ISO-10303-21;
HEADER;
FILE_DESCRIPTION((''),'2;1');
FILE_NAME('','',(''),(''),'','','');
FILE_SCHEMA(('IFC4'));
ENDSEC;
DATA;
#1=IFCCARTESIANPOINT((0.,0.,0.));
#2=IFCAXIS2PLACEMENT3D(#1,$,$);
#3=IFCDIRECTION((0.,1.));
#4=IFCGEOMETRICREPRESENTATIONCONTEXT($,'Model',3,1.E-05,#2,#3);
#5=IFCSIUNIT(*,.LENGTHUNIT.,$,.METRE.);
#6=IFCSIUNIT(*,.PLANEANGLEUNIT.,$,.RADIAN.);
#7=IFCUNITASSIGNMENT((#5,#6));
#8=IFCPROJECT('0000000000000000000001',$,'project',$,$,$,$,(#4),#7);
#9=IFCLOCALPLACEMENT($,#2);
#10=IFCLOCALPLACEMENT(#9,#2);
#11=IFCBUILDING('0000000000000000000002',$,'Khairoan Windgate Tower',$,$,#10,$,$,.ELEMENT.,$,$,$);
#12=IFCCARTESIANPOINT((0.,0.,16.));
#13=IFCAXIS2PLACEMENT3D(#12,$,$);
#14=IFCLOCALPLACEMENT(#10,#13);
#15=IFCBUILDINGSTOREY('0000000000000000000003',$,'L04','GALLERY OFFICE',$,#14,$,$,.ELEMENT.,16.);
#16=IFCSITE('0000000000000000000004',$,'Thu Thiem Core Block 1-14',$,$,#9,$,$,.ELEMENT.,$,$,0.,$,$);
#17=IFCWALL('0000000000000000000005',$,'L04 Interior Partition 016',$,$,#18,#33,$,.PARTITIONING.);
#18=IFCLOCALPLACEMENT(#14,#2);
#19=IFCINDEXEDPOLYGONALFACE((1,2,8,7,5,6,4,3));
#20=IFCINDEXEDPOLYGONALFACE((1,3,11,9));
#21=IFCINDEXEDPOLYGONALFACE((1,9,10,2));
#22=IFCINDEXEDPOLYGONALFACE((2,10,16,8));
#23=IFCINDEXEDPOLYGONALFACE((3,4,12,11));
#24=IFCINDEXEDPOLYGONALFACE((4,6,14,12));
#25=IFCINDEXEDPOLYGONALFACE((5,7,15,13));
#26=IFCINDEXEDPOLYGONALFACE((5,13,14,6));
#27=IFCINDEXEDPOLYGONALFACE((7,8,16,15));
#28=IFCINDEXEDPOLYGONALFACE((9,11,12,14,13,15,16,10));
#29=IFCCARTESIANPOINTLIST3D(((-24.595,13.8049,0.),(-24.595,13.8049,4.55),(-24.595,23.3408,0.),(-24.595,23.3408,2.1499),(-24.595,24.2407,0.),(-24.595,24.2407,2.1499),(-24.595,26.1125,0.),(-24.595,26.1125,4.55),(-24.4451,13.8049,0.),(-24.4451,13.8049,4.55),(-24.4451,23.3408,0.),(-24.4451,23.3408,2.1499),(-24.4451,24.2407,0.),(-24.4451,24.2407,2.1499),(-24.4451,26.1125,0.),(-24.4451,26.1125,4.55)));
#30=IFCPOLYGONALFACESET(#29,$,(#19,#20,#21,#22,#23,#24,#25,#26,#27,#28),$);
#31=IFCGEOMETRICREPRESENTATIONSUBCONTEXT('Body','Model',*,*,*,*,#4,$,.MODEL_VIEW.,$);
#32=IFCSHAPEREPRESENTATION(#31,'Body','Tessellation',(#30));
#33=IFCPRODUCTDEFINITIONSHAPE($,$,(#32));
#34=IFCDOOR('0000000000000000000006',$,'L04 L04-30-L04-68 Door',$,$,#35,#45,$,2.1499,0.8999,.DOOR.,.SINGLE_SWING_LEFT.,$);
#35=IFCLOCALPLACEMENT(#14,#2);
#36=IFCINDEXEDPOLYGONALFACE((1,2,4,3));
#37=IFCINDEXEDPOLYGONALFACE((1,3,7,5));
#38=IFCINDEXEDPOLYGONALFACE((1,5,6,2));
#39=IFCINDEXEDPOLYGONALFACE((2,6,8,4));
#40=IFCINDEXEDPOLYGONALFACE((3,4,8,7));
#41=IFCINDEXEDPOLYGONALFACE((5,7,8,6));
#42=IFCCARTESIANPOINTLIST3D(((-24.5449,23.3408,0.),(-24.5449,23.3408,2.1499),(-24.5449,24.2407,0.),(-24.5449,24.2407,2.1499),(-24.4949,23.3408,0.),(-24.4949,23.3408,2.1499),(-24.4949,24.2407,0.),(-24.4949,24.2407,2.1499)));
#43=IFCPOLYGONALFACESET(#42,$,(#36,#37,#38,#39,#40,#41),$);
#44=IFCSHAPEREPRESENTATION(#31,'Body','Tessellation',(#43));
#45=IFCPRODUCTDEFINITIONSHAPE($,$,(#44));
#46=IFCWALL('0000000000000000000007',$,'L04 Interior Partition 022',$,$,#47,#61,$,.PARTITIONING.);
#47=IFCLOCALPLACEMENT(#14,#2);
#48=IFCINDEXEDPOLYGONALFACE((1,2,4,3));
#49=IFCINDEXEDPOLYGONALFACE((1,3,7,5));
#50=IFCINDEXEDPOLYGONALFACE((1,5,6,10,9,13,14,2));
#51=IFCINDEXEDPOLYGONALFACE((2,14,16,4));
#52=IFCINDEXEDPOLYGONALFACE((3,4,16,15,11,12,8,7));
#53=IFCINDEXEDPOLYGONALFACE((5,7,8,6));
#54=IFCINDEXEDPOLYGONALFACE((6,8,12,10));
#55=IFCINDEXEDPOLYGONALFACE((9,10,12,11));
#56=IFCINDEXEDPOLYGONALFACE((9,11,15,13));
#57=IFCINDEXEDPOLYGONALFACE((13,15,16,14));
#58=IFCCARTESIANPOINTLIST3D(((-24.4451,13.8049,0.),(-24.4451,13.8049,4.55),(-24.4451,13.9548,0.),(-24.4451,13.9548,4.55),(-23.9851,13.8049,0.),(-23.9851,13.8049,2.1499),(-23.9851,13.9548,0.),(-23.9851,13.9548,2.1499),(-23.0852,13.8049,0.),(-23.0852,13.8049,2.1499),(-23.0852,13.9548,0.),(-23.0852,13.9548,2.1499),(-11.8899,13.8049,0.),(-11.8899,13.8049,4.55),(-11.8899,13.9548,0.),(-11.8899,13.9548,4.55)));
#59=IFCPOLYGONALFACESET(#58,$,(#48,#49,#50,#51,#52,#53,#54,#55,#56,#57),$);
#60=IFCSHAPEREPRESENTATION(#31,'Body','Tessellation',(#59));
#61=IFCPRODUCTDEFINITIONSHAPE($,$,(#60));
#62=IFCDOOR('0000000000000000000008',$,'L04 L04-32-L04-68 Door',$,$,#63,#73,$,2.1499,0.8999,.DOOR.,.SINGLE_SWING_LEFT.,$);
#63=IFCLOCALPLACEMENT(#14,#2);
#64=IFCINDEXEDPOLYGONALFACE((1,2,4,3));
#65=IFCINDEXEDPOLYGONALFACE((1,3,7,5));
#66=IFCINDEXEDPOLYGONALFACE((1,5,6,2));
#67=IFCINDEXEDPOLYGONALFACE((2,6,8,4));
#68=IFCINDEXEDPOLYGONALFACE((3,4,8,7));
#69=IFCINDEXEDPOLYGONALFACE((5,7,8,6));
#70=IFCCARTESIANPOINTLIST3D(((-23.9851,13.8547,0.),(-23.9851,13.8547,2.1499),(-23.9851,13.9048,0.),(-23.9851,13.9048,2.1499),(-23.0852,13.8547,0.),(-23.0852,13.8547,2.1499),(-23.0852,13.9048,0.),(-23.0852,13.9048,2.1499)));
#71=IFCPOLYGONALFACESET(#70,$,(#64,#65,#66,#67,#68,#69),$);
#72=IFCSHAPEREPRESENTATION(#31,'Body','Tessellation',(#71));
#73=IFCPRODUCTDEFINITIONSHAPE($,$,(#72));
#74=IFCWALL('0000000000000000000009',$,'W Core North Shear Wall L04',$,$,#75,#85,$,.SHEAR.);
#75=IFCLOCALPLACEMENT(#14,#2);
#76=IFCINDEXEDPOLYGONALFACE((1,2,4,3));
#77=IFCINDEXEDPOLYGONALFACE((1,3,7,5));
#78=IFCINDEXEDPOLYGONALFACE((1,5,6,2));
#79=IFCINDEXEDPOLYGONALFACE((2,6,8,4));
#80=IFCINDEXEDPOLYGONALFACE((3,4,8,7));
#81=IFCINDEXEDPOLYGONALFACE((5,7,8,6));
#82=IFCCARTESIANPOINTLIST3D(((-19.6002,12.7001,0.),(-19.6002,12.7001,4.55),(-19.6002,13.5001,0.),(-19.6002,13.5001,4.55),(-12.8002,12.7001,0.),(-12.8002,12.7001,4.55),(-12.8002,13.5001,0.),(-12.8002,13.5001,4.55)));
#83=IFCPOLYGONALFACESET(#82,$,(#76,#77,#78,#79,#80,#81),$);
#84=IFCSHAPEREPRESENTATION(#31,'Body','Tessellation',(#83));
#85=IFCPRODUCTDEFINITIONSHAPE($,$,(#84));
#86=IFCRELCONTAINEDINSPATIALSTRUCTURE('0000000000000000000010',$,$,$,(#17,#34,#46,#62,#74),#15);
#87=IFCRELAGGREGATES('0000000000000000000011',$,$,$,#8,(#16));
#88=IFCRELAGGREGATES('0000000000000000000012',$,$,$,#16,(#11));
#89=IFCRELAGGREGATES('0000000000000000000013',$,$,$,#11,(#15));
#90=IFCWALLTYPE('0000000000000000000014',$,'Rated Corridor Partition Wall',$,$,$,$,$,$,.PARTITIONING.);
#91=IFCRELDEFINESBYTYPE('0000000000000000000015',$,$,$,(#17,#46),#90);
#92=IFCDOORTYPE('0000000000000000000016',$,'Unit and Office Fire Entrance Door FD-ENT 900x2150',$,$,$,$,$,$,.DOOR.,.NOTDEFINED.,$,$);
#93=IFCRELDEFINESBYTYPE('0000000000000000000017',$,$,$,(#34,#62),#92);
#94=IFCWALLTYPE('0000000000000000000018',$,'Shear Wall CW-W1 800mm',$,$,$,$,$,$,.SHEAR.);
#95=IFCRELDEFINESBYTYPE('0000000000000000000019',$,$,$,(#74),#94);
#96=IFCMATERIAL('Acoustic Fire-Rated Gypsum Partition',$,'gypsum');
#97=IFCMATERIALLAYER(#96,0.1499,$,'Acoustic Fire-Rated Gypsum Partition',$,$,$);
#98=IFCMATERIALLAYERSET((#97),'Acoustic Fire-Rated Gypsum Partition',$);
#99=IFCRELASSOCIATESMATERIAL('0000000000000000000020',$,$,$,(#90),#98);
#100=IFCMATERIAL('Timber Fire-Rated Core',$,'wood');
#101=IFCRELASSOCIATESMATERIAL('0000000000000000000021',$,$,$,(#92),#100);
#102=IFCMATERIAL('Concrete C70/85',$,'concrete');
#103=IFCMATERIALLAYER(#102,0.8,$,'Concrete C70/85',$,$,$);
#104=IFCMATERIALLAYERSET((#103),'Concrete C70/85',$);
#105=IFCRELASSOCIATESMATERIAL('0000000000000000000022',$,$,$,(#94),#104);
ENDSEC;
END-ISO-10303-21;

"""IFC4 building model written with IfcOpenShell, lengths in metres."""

from ifc_helpers import new_model, si_unit, direction, frame, frame_2d, origin, place, context, subcontext, project, spatial, rectangle, extrude, material, layer, layer_set, type_object, element, fill, save


model = new_model("IFC4")

# Units and contexts
model_context = context("Model", 3, precision=1e-05, world=origin(), true_north=direction((0.0, 1.0)))
body_context = subcontext(model_context, "Body", "Model", "MODEL_VIEW")
ifc_project = project(units=[si_unit("LENGTHUNIT", "METRE"), si_unit("PLANEANGLEUNIT", "RADIAN")], contexts=[model_context])

# Site, building, storey
site_placement = place(None, origin())
site = spatial("IfcSite", under=ifc_project, at=site_placement, Name="Thu Thiem Core Block 1-14", CompositionType="ELEMENT", RefElevation=0.0)
building_placement = place(site_placement, origin())
building = spatial("IfcBuilding", under=site, at=building_placement, Name="Khairoan Windgate Tower", CompositionType="ELEMENT")
storey_placement = place(building_placement, frame((0.0, 0.0, 16.0)))
storey = spatial("IfcBuildingStorey", under=building, at=storey_placement, Name="L04", Description="GALLERY OFFICE", CompositionType="ELEMENT", Elevation=16.0)

# Walls, openings, doors
ifc_material_1 = material(Name="Acoustic Fire-Rated Gypsum Partition", Category="gypsum")
ifc_layer_1 = layer(ifc_material_1, 0.1499, Name="Acoustic Fire-Rated Gypsum Partition")
ifc_layer_set_1 = layer_set([ifc_layer_1], Name="Acoustic Fire-Rated Gypsum Partition")
wall_type_1 = type_object("IfcWallType", Name="Rated Corridor Partition Wall", PredefinedType="PARTITIONING", material=ifc_layer_set_1)
ifc_material_2 = material(Name="Timber Fire-Rated Core", Category="wood")
door_type_1 = type_object("IfcDoorType", Name="Unit and Office Fire Entrance Door FD-ENT 900x2150", OperationType="NOTDEFINED", PredefinedType="DOOR", material=ifc_material_2)
wall_1_placement = place(storey_placement, frame((-24.52, 13.8049, 0.0), z_axis=(0.0, 0.0, 1.0), x_axis=(0.0, 1.0, 0.0)))
wall_1 = element("IfcWall", 1, at=wall_1_placement, inside=storey, type_object=wall_type_1, Name="L04 Interior Partition 016", PredefinedType="PARTITIONING", context=body_context, shape_type="SweptSolid", body=[
    extrude(rectangle(XDim=12.3076, YDim=0.1499, at=frame_2d((6.1538, 0.0))), origin(), (0.0, 0.0, 1.0), 4.55),
])
opening_1_placement = place(wall_1_placement, frame((9.5359, 0.0, 0.0)))
opening_1 = element("IfcOpeningElement", 2, at=opening_1_placement, cuts=wall_1, PredefinedType="OPENING", context=body_context, shape_type="SweptSolid", body=[
    extrude(rectangle(XDim=0.8999, YDim=2.1499, at=frame_2d((0.45, 1.075))), frame((0.0, 0.085, 0.0), z_axis=(0.0, -1.0, 0.0), x_axis=(1.0, 0.0, 0.0)), (0.0, 0.0, 1.0), 0.1699),
])
door_1_placement = place(opening_1_placement, origin())
door_1 = element("IfcDoor", 3, at=door_1_placement, inside=storey, type_object=door_type_1, Name="L04 L04-30-L04-68 Door", OperationType="SINGLE_SWING_LEFT", OverallHeight=2.1499, OverallWidth=0.8999, PredefinedType="DOOR", context=body_context, shape_type="SweptSolid", body=[
    extrude(rectangle(XDim=0.8999, YDim=2.1499, at=frame_2d((0.45, 1.075))), frame((0.0, 0.0249, 0.0), z_axis=(0.0, -1.0, 0.0), x_axis=(1.0, 0.0, 0.0)), (0.0, 0.0, 1.0), 0.05),
])
fill(opening_1, door_1)
wall_2_placement = place(storey_placement, frame((-24.4451, 13.8799, 0.0), z_axis=(0.0, 0.0, 1.0), x_axis=(1.0, 0.0, 0.0)))
wall_2 = element("IfcWall", 4, at=wall_2_placement, inside=storey, type_object=wall_type_1, Name="L04 Interior Partition 022", PredefinedType="PARTITIONING", context=body_context, shape_type="SweptSolid", body=[
    extrude(rectangle(XDim=12.5552, YDim=0.1499, at=frame_2d((6.2776, 0.0))), origin(), (0.0, 0.0, 1.0), 4.55),
])
opening_2_placement = place(wall_2_placement, frame((0.46, 0.0, 0.0)))
opening_2 = element("IfcOpeningElement", 5, at=opening_2_placement, cuts=wall_2, PredefinedType="OPENING", context=body_context, shape_type="SweptSolid", body=[
    extrude(rectangle(XDim=0.8999, YDim=2.1499, at=frame_2d((0.45, 1.075))), frame((0.0, 0.085, 0.0), z_axis=(0.0, -1.0, 0.0), x_axis=(1.0, 0.0, 0.0)), (0.0, 0.0, 1.0), 0.1699),
])
door_2_placement = place(opening_2_placement, origin())
door_2 = element("IfcDoor", 6, at=door_2_placement, inside=storey, type_object=door_type_1, Name="L04 L04-32-L04-68 Door", OperationType="SINGLE_SWING_LEFT", OverallHeight=2.1499, OverallWidth=0.8999, PredefinedType="DOOR", context=body_context, shape_type="SweptSolid", body=[
    extrude(rectangle(XDim=0.8999, YDim=2.1499, at=frame_2d((0.45, 1.075))), frame((0.0, 0.0249, 0.0), z_axis=(0.0, -1.0, 0.0), x_axis=(1.0, 0.0, 0.0)), (0.0, 0.0, 1.0), 0.05),
])
fill(opening_2, door_2)

# Wall
ifc_material_3 = material(Name="Concrete C70/85", Category="concrete")
ifc_layer_2 = layer(ifc_material_3, 0.8, Name="Concrete C70/85")
ifc_layer_set_2 = layer_set([ifc_layer_2], Name="Concrete C70/85")
wall_type_2 = type_object("IfcWallType", Name="Shear Wall CW-W1 800mm", PredefinedType="SHEAR", material=ifc_layer_set_2)
wall_3_placement = place(storey_placement, frame((-19.6001, 13.1001, 0.0), z_axis=(0.0, 0.0, 1.0), x_axis=(1.0, 0.0, 0.0)))
element("IfcWall", 7, at=wall_3_placement, inside=storey, type_object=wall_type_2, Name="W Core North Shear Wall L04", PredefinedType="SHEAR", context=body_context, shape_type="SweptSolid", body=[
    extrude(rectangle(XDim=6.8, YDim=0.8, at=frame_2d((3.3999, 0.0))), origin(), (0.0, 0.0, 1.0), 4.55),
])

save(model, "model.ifc")
